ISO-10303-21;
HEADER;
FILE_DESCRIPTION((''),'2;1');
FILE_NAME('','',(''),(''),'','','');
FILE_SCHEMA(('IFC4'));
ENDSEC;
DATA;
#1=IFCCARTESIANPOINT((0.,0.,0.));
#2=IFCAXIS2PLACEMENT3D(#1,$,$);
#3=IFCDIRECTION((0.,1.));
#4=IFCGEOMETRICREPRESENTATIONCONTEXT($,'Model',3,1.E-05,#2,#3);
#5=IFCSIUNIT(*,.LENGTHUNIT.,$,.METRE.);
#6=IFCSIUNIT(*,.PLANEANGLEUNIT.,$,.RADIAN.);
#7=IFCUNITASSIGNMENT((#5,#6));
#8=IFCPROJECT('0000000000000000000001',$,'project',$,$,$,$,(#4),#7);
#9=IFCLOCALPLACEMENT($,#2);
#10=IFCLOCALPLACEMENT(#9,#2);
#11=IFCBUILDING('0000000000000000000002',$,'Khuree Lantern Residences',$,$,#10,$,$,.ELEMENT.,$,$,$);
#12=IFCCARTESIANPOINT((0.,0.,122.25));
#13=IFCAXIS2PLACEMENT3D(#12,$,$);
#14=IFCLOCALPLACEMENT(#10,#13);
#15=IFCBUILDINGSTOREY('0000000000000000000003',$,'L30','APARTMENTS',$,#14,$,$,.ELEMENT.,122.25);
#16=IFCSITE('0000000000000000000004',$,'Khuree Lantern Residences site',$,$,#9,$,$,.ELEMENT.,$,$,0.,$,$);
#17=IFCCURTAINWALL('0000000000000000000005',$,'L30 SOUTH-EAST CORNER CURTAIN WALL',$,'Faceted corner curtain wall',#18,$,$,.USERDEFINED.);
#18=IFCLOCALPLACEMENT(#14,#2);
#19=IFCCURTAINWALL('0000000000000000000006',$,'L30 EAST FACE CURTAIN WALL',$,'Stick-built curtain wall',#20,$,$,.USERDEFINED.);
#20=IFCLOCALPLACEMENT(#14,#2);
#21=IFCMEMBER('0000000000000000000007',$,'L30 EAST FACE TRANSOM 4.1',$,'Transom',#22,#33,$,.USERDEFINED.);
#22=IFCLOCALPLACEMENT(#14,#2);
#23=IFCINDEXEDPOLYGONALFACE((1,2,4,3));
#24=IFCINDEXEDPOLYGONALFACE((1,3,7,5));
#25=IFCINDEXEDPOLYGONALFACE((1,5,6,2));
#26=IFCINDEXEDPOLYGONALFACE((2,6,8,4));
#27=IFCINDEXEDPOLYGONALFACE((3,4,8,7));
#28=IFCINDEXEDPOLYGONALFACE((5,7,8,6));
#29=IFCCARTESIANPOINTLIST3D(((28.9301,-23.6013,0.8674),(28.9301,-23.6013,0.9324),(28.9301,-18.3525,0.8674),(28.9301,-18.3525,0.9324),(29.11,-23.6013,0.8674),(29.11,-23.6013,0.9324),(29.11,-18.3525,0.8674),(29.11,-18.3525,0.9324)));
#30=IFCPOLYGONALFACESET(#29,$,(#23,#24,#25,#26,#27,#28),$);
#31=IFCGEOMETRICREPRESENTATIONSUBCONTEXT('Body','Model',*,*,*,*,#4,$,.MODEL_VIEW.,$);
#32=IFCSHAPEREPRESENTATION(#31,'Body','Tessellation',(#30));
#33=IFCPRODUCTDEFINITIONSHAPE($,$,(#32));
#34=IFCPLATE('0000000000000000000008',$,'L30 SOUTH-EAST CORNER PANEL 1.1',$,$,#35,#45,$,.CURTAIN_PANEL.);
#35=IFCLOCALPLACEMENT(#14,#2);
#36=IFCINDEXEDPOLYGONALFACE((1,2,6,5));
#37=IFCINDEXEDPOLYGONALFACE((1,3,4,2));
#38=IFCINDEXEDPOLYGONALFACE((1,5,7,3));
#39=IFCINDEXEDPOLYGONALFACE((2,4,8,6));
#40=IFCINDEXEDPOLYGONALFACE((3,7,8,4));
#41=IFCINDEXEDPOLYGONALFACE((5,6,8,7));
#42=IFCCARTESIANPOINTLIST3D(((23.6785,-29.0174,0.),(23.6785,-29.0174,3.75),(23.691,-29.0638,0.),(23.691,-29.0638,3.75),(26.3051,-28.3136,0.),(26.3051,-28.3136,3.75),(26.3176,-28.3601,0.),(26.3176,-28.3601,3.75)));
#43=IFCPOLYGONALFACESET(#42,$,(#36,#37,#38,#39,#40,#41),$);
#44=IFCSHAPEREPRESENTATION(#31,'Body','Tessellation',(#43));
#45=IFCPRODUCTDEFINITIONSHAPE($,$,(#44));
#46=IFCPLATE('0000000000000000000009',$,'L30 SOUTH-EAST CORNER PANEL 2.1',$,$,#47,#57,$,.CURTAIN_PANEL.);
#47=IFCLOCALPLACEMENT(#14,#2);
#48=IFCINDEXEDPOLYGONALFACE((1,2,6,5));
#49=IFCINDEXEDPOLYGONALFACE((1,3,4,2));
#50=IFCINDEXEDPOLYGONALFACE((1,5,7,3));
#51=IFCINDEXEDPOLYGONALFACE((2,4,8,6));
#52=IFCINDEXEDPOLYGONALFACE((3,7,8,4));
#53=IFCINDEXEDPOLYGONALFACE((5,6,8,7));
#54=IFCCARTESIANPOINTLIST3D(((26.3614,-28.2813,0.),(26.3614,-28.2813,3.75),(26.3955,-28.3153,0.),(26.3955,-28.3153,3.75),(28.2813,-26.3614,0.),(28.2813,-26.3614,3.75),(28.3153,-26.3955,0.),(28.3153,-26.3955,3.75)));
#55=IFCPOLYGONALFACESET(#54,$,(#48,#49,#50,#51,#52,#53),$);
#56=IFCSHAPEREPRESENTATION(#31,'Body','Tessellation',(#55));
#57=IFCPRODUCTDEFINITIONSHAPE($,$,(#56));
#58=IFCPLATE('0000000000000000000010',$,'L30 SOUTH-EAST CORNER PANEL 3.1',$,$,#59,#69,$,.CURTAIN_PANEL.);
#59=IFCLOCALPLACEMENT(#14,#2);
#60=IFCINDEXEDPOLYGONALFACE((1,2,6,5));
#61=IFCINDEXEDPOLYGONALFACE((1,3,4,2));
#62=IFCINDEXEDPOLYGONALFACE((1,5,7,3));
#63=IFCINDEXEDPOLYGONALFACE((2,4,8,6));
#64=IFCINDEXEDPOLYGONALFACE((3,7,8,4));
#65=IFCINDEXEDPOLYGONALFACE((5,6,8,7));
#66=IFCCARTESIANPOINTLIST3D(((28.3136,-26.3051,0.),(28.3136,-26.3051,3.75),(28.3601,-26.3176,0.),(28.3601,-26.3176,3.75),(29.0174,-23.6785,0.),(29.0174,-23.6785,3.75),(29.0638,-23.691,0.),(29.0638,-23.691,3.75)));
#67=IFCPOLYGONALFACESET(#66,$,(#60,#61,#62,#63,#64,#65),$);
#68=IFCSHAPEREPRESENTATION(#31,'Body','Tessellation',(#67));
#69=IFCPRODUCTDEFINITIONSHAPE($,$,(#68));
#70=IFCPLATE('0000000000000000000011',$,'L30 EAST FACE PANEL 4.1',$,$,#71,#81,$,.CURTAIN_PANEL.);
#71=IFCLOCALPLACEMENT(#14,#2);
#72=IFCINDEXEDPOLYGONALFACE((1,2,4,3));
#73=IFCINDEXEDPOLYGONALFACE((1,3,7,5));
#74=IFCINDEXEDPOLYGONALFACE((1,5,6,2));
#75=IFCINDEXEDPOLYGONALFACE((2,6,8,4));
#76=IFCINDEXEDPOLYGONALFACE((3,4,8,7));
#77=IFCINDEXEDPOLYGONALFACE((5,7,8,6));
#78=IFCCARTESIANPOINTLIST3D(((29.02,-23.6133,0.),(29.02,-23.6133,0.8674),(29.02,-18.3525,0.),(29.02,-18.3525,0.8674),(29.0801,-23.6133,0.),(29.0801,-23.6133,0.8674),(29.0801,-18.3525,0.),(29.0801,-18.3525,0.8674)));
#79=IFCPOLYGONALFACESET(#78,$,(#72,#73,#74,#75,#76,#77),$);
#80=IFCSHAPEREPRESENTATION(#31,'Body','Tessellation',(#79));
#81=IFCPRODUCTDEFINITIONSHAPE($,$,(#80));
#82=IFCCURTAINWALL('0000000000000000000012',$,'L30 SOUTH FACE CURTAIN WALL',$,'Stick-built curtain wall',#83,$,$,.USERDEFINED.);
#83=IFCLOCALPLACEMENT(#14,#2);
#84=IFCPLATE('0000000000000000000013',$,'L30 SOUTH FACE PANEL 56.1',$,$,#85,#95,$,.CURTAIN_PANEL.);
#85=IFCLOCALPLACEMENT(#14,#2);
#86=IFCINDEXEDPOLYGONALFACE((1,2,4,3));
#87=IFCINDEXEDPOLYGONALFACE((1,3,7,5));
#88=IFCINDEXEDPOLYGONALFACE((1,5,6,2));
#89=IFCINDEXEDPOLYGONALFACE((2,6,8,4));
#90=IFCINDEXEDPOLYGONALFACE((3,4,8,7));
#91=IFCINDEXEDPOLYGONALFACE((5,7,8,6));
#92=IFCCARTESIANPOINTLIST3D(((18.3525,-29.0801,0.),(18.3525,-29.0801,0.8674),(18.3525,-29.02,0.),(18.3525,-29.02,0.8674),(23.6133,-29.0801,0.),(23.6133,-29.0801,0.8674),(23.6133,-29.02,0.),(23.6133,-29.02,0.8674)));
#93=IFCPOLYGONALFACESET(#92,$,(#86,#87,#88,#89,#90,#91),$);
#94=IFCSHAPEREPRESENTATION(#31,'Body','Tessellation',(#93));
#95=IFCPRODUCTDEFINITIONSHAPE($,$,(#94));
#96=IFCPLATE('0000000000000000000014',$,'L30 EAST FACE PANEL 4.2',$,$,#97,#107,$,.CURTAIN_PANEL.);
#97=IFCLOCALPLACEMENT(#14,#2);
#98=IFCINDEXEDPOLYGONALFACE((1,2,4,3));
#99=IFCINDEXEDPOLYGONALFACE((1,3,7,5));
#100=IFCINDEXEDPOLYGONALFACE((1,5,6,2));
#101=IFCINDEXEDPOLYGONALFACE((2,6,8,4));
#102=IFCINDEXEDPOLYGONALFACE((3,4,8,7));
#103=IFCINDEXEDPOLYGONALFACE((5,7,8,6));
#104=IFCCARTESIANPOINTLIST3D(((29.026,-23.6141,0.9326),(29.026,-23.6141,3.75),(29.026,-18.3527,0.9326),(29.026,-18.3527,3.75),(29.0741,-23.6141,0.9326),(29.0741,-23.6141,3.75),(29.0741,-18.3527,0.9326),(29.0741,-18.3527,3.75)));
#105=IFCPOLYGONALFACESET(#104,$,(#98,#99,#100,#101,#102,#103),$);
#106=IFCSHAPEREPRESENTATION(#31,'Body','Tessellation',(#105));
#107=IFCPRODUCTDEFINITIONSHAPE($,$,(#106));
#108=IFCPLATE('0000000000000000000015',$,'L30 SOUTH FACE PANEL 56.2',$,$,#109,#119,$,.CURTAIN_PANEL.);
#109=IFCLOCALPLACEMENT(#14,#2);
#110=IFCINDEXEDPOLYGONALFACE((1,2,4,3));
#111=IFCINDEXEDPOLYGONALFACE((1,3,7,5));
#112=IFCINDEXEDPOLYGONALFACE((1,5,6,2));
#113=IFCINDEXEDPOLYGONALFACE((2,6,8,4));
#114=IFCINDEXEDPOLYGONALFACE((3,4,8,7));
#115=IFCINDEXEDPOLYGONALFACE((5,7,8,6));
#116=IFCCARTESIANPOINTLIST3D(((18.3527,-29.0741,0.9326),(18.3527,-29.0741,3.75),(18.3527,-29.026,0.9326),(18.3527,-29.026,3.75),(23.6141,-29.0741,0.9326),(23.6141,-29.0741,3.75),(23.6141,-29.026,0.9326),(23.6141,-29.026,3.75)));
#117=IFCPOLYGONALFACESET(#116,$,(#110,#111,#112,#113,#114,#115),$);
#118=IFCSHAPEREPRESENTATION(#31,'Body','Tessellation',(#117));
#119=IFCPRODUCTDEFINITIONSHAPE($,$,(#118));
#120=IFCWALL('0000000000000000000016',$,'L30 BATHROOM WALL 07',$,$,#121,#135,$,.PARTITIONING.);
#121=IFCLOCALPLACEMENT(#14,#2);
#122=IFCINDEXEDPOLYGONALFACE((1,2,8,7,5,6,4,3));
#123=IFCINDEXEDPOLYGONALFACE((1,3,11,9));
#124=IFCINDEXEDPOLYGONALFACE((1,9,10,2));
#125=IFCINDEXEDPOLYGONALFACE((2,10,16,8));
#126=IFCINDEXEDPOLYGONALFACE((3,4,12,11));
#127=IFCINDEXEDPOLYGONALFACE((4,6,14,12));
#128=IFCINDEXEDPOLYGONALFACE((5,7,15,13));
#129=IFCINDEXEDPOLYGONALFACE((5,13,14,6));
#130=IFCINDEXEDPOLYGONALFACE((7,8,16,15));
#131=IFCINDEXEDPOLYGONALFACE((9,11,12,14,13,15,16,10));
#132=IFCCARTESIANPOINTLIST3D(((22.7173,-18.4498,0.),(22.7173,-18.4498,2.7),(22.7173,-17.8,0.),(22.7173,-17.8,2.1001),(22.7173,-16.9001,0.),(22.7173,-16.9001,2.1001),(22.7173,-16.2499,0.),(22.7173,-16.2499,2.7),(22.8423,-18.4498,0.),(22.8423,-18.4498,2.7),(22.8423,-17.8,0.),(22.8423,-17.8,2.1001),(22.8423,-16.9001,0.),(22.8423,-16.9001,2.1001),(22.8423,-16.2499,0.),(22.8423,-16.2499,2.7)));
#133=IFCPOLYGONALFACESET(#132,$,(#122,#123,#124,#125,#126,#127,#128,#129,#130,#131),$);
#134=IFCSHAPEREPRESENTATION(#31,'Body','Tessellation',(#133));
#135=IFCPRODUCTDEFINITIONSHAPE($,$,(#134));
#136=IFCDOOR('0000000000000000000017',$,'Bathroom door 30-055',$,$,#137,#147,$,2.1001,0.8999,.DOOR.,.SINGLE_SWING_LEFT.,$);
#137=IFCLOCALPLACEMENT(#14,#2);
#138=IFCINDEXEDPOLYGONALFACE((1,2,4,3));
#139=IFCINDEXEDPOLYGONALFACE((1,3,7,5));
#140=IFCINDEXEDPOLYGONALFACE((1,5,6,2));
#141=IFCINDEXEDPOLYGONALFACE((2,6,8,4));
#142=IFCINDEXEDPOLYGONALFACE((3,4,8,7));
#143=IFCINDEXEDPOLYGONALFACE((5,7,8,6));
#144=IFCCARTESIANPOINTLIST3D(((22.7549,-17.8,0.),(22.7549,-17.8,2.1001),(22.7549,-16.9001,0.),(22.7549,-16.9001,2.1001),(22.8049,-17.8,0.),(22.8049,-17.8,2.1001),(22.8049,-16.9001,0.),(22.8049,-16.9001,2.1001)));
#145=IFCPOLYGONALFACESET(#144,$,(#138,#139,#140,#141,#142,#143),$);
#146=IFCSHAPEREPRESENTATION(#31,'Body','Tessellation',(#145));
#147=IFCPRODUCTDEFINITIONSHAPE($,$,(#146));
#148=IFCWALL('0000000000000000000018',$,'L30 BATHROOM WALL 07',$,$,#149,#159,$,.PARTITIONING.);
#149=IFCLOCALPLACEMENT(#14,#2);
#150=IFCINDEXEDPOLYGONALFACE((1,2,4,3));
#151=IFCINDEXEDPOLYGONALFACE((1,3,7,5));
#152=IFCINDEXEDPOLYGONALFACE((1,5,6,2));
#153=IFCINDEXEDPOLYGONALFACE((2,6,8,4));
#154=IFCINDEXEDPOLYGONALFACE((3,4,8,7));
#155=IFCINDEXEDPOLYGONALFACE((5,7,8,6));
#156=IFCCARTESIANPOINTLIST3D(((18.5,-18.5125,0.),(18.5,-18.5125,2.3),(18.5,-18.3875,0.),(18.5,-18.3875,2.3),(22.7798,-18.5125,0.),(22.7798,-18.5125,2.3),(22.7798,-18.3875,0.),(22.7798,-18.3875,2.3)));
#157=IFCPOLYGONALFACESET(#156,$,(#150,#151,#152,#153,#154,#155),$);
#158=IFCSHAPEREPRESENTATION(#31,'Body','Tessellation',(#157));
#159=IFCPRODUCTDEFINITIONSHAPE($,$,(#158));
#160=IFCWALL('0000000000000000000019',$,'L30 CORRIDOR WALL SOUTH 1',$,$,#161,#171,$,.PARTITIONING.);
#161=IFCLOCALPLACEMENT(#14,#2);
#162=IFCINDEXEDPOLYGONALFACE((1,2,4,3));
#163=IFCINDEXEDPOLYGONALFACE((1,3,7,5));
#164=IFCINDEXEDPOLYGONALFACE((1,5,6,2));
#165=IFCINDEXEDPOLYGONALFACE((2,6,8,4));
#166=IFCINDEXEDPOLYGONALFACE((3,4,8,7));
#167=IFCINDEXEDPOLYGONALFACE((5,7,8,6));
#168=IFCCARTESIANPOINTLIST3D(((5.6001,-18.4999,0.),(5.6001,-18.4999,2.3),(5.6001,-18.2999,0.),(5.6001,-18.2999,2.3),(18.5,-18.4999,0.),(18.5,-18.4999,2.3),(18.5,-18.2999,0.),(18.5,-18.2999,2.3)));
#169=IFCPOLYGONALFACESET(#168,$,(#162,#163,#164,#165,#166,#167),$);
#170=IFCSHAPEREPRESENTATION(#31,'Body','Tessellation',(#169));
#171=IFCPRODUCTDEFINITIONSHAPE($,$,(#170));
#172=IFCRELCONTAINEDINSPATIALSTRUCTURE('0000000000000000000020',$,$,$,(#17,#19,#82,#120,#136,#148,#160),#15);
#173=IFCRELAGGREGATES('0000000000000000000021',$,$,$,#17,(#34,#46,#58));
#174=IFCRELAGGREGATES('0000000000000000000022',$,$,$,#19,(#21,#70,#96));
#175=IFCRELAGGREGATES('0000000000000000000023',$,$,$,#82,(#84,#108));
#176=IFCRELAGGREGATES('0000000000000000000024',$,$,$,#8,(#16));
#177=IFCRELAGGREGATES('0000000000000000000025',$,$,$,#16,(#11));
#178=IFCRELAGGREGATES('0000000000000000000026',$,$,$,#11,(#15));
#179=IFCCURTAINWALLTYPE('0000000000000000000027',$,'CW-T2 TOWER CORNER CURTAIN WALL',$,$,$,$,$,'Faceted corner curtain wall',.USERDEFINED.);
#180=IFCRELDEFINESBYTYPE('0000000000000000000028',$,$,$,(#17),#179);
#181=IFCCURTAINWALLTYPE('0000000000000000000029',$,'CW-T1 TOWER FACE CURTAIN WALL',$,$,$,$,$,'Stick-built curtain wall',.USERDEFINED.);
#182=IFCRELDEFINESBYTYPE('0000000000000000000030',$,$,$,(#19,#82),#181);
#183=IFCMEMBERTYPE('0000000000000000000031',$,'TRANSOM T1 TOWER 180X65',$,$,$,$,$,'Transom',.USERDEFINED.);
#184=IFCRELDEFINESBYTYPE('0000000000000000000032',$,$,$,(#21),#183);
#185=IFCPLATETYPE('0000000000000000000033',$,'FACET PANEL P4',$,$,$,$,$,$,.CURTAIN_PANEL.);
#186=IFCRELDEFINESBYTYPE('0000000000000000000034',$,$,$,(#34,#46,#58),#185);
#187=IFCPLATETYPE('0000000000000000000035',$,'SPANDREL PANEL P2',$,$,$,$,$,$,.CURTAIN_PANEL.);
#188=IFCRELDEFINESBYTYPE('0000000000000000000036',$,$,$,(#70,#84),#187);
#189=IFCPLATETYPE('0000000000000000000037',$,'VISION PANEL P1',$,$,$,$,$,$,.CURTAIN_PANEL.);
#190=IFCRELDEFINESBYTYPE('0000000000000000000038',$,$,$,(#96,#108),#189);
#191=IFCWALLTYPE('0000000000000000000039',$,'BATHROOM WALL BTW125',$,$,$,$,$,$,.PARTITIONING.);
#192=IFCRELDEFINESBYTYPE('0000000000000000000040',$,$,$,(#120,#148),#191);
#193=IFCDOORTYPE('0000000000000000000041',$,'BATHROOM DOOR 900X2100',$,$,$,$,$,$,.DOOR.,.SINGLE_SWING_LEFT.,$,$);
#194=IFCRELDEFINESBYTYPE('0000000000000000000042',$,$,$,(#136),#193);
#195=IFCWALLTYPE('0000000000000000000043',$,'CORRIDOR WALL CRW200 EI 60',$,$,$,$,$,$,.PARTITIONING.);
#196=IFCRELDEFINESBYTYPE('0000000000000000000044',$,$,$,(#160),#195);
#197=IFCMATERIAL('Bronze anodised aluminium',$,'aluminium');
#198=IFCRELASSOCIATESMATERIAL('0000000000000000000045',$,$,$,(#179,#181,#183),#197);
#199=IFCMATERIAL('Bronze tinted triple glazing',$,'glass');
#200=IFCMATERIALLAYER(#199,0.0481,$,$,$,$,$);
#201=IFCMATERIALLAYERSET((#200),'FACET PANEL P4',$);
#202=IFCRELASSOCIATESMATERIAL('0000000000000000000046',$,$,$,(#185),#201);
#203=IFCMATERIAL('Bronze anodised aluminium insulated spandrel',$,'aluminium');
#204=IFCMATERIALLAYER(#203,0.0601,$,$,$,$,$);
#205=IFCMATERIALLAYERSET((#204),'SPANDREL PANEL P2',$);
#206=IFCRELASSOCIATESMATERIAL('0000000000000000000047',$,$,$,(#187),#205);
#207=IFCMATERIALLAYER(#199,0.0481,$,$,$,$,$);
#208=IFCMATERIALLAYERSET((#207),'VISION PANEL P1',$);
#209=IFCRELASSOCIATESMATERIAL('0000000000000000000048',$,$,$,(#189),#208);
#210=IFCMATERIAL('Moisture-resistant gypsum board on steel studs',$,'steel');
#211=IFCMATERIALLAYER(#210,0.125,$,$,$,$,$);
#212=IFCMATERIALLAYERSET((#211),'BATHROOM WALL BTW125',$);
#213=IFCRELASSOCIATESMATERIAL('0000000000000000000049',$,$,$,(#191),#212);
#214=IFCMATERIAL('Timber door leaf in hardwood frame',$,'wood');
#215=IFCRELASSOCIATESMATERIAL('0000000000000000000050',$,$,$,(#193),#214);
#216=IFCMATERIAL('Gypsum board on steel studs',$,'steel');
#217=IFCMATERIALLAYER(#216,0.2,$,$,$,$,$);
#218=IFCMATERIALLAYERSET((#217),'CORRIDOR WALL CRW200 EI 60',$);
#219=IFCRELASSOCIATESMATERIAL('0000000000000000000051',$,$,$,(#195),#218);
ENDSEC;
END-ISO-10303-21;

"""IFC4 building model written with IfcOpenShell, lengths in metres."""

from ifc_helpers import new_model, si_unit, direction, frame, frame_2d, origin, origin_2d, place, context, subcontext, project, spatial, rectangle, extrude, material, layer, layer_set, material_profile, profile_set, type_object, element, fill, aggregate, save


model = new_model("IFC4")

# Units and contexts
model_context = context("Model", 3, precision=1e-05, world=origin(), true_north=direction((0.0, 1.0)))
body_context = subcontext(model_context, "Body", "Model", "MODEL_VIEW")
ifc_project = project(units=[si_unit("LENGTHUNIT", "METRE"), si_unit("PLANEANGLEUNIT", "RADIAN")], contexts=[model_context])

# Site, building, storey
site_placement = place(None, origin())
site = spatial("IfcSite", under=ifc_project, at=site_placement, Name="Khuree Lantern Residences site", CompositionType="ELEMENT", RefElevation=0.0)
building_placement = place(site_placement, origin())
building = spatial("IfcBuilding", under=site, at=building_placement, Name="Khuree Lantern Residences", CompositionType="ELEMENT")
storey_placement = place(building_placement, frame((0.0, 0.0, 122.25)))
storey = spatial("IfcBuildingStorey", under=building, at=storey_placement, Name="L30", Description="APARTMENTS", CompositionType="ELEMENT", Elevation=122.25)

# Curtain walls
ifc_material_1 = material(Name="Bronze anodised aluminium", Category="aluminium")
curtain_wall_type_1 = type_object("IfcCurtainWallType", Name="CW-T2 TOWER CORNER CURTAIN WALL", ElementType="Faceted corner curtain wall", PredefinedType="USERDEFINED", material=ifc_material_1)
curtain_wall_1_placement = place(storey_placement, origin())
curtain_wall_1 = element("IfcCurtainWall", 1, at=curtain_wall_1_placement, inside=storey, type_object=curtain_wall_type_1, Name="L30 SOUTH-EAST CORNER CURTAIN WALL", ObjectType="Faceted corner curtain wall", PredefinedType="USERDEFINED")
curtain_wall_type_2 = type_object("IfcCurtainWallType", Name="CW-T1 TOWER FACE CURTAIN WALL", ElementType="Stick-built curtain wall", PredefinedType="USERDEFINED", material=ifc_material_1)
curtain_wall_2_placement = place(storey_placement, origin())
curtain_wall_2 = element("IfcCurtainWall", 2, at=curtain_wall_2_placement, inside=storey, type_object=curtain_wall_type_2, Name="L30 EAST FACE CURTAIN WALL", ObjectType="Stick-built curtain wall", PredefinedType="USERDEFINED")

# Member
ifc_material_profile_1 = material_profile(ifc_material_1, rectangle(XDim=0.1799, YDim=0.0649, at=origin_2d()), Name="T1 180X65")
ifc_profile_set_1 = profile_set([ifc_material_profile_1], Name="Bronze anodised aluminium")
member_type_1 = type_object("IfcMemberType", Name="TRANSOM T1 TOWER 180X65", ElementType="Transom", PredefinedType="USERDEFINED", material=ifc_profile_set_1)
member_1_placement = place(storey_placement, frame((29.02, -23.6013, 0.8999), z_axis=(0.0, 1.0, 0.0), x_axis=(-1.0, 0.0, 0.0)))
member_1 = element("IfcMember", 3, at=member_1_placement, type_object=member_type_1, Name="L30 EAST FACE TRANSOM 4.1", ObjectType="Transom", PredefinedType="USERDEFINED", context=body_context, shape_type="SweptSolid", body=[
    extrude(rectangle(XDim=0.1799, YDim=0.0649, at=origin_2d()), origin(), (0.0, 0.0, 1.0), 5.2488),
])

# Plates
ifc_material_2 = material(Name="Bronze tinted triple glazing", Category="glass")
ifc_layer_1 = layer(ifc_material_2, 0.0481)
ifc_layer_set_1 = layer_set([ifc_layer_1], Name="FACET PANEL P4")
plate_type_1 = type_object("IfcPlateType", Name="FACET PANEL P4", PredefinedType="CURTAIN_PANEL", material=ifc_layer_set_1)
plate_1_placement = place(storey_placement, frame((24.998, -28.6887, 0.0), z_axis=(0.0, 0.0, 1.0), x_axis=(0.965926, 0.258819, 0.0)))
plate_1 = element("IfcPlate", 4, at=plate_1_placement, type_object=plate_type_1, Name="L30 SOUTH-EAST CORNER PANEL 1.1", PredefinedType="CURTAIN_PANEL", context=body_context, shape_type="SweptSolid", body=[
    extrude(rectangle(XDim=2.7192, YDim=0.0481, at=origin_2d()), origin(), (0.0, 0.0, 1.0), 3.75),
])
plate_2_placement = place(storey_placement, frame((27.3384, -27.3384, 0.0), z_axis=(0.0, 0.0, 1.0), x_axis=(0.707107, 0.707107, 0.0)))
plate_2 = element("IfcPlate", 5, at=plate_2_placement, type_object=plate_type_1, Name="L30 SOUTH-EAST CORNER PANEL 2.1", PredefinedType="CURTAIN_PANEL", context=body_context, shape_type="SweptSolid", body=[
    extrude(rectangle(XDim=2.7151, YDim=0.0481, at=origin_2d()), origin(), (0.0, 0.0, 1.0), 3.75),
])
plate_3_placement = place(storey_placement, frame((28.6887, -24.998, 0.0), z_axis=(0.0, 0.0, 1.0), x_axis=(0.258819, 0.965926, 0.0)))
plate_3 = element("IfcPlate", 6, at=plate_3_placement, type_object=plate_type_1, Name="L30 SOUTH-EAST CORNER PANEL 3.1", PredefinedType="CURTAIN_PANEL", context=body_context, shape_type="SweptSolid", body=[
    extrude(rectangle(XDim=2.7192, YDim=0.0481, at=origin_2d()), origin(), (0.0, 0.0, 1.0), 3.75),
])
aggregate(curtain_wall_1, [plate_1, plate_2, plate_3])
ifc_material_3 = material(Name="Bronze anodised aluminium insulated spandrel", Category="aluminium")
ifc_layer_2 = layer(ifc_material_3, 0.0601)
ifc_layer_set_2 = layer_set([ifc_layer_2], Name="SPANDREL PANEL P2")
plate_type_2 = type_object("IfcPlateType", Name="SPANDREL PANEL P2", PredefinedType="CURTAIN_PANEL", material=ifc_layer_set_2)
plate_4_placement = place(storey_placement, frame((29.05, -20.9829, 0.0), z_axis=(0.0, 0.0, 1.0), x_axis=(0.0, 1.0, 0.0)))
plate_4 = element("IfcPlate", 7, at=plate_4_placement, type_object=plate_type_2, Name="L30 EAST FACE PANEL 4.1", PredefinedType="CURTAIN_PANEL", context=body_context, shape_type="SweptSolid", body=[
    extrude(rectangle(XDim=5.2607, YDim=0.0601, at=origin_2d()), origin(), (0.0, 0.0, 1.0), 0.8674),
])

# Curtain wall, plate
curtain_wall_3_placement = place(storey_placement, origin())
curtain_wall_3 = element("IfcCurtainWall", 8, at=curtain_wall_3_placement, inside=storey, type_object=curtain_wall_type_2, Name="L30 SOUTH FACE CURTAIN WALL", ObjectType="Stick-built curtain wall", PredefinedType="USERDEFINED")
plate_5_placement = place(storey_placement, frame((20.9829, -29.05, 0.0), z_axis=(0.0, 0.0, 1.0), x_axis=(1.0, 0.0, 0.0)))
plate_5 = element("IfcPlate", 9, at=plate_5_placement, type_object=plate_type_2, Name="L30 SOUTH FACE PANEL 56.1", PredefinedType="CURTAIN_PANEL", context=body_context, shape_type="SweptSolid", body=[
    extrude(rectangle(XDim=5.2607, YDim=0.0601, at=origin_2d()), origin(), (0.0, 0.0, 1.0), 0.8674),
])

# Plates
ifc_layer_3 = layer(ifc_material_2, 0.0481)
ifc_layer_set_3 = layer_set([ifc_layer_3], Name="VISION PANEL P1")
plate_type_3 = type_object("IfcPlateType", Name="VISION PANEL P1", PredefinedType="CURTAIN_PANEL", material=ifc_layer_set_3)
plate_6_placement = place(storey_placement, frame((29.05, -20.9834, 0.9326), z_axis=(0.0, 0.0, 1.0), x_axis=(0.0, 1.0, 0.0)))
plate_6 = element("IfcPlate", 10, at=plate_6_placement, type_object=plate_type_3, Name="L30 EAST FACE PANEL 4.2", PredefinedType="CURTAIN_PANEL", context=body_context, shape_type="SweptSolid", body=[
    extrude(rectangle(XDim=5.2615, YDim=0.0481, at=origin_2d()), origin(), (0.0, 0.0, 1.0), 2.8174),
])
aggregate(curtain_wall_2, [member_1, plate_4, plate_6])
plate_7_placement = place(storey_placement, frame((20.9834, -29.05, 0.9326), z_axis=(0.0, 0.0, 1.0), x_axis=(1.0, 0.0, 0.0)))
plate_7 = element("IfcPlate", 11, at=plate_7_placement, type_object=plate_type_3, Name="L30 SOUTH FACE PANEL 56.2", PredefinedType="CURTAIN_PANEL", context=body_context, shape_type="SweptSolid", body=[
    extrude(rectangle(XDim=5.2615, YDim=0.0481, at=origin_2d()), origin(), (0.0, 0.0, 1.0), 2.8174),
])
aggregate(curtain_wall_3, [plate_5, plate_7])

# Wall, opening, door
ifc_material_4 = material(Name="Moisture-resistant gypsum board on steel studs", Category="steel")
ifc_layer_4 = layer(ifc_material_4, 0.125)
ifc_layer_set_4 = layer_set([ifc_layer_4], Name="BATHROOM WALL BTW125")
wall_type_1 = type_object("IfcWallType", Name="BATHROOM WALL BTW125", PredefinedType="PARTITIONING", material=ifc_layer_set_4)
wall_1_placement = place(storey_placement, frame((22.7798, -18.45, 0.0), z_axis=(0.0, 0.0, 1.0), x_axis=(0.0, 1.0, 0.0)))
wall_1 = element("IfcWall", 12, at=wall_1_placement, inside=storey, type_object=wall_type_1, Name="L30 BATHROOM WALL 07", PredefinedType="PARTITIONING", context=body_context, shape_type="SweptSolid", body=[
    extrude(rectangle(XDim=2.2, YDim=0.125, at=frame_2d((1.1001, 0.0))), origin(), (0.0, 0.0, 1.0), 2.7),
])
opening_placement = place(wall_1_placement, frame((0.6499, 0.0, 0.0)))
opening = element("IfcOpeningElement", 13, at=opening_placement, cuts=wall_1, PredefinedType="OPENING", context=body_context, shape_type="SweptSolid", body=[
    extrude(rectangle(XDim=0.8999, YDim=2.1001, at=frame_2d((0.45, 1.05))), frame((0.0, 0.0725, 0.0), z_axis=(0.0, -1.0, 0.0), x_axis=(1.0, 0.0, 0.0)), (0.0, 0.0, 1.0), 0.145),
])
ifc_material_5 = material(Name="Timber door leaf in hardwood frame", Category="wood")
door_type = type_object("IfcDoorType", Name="BATHROOM DOOR 900X2100", OperationType="SINGLE_SWING_LEFT", PredefinedType="DOOR", material=ifc_material_5)
door_placement = place(opening_placement, origin())
door = element("IfcDoor", 14, at=door_placement, inside=storey, type_object=door_type, Name="Bathroom door 30-055", OperationType="SINGLE_SWING_LEFT", OverallHeight=2.1001, OverallWidth=0.8999, PredefinedType="DOOR", context=body_context, shape_type="SweptSolid", body=[
    extrude(rectangle(XDim=0.8999, YDim=2.1001, at=frame_2d((0.45, 1.05))), frame((0.0, 0.0249, 0.0), z_axis=(0.0, -1.0, 0.0), x_axis=(1.0, 0.0, 0.0)), (0.0, 0.0, 1.0), 0.05),
])
fill(opening, door)

# Walls
wall_2_placement = place(storey_placement, frame((18.5, -18.45, 0.0), z_axis=(0.0, 0.0, 1.0), x_axis=(1.0, 0.0, 0.0)))
element("IfcWall", 15, at=wall_2_placement, inside=storey, type_object=wall_type_1, Name="L30 BATHROOM WALL 07", PredefinedType="PARTITIONING", context=body_context, shape_type="SweptSolid", body=[
    extrude(rectangle(XDim=4.2798, YDim=0.125, at=frame_2d((2.1399, 0.0))), origin(), (0.0, 0.0, 1.0), 2.3),
])
ifc_material_6 = material(Name="Gypsum board on steel studs", Category="steel")
ifc_layer_5 = layer(ifc_material_6, 0.2)
ifc_layer_set_5 = layer_set([ifc_layer_5], Name="CORRIDOR WALL CRW200 EI 60")
wall_type_2 = type_object("IfcWallType", Name="CORRIDOR WALL CRW200 EI 60", PredefinedType="PARTITIONING", material=ifc_layer_set_5)
wall_3_placement = place(storey_placement, frame((18.5, -18.3999, 0.0), z_axis=(0.0, 0.0, 1.0), x_axis=(-1.0, 0.0, 0.0)))
element("IfcWall", 16, at=wall_3_placement, inside=storey, type_object=wall_type_2, Name="L30 CORRIDOR WALL SOUTH 1", PredefinedType="PARTITIONING", context=body_context, shape_type="SweptSolid", body=[
    extrude(rectangle(XDim=12.8999, YDim=0.2, at=frame_2d((6.45, 0.0))), origin(), (0.0, 0.0, 1.0), 2.3),
])

save(model, "model.ifc")
